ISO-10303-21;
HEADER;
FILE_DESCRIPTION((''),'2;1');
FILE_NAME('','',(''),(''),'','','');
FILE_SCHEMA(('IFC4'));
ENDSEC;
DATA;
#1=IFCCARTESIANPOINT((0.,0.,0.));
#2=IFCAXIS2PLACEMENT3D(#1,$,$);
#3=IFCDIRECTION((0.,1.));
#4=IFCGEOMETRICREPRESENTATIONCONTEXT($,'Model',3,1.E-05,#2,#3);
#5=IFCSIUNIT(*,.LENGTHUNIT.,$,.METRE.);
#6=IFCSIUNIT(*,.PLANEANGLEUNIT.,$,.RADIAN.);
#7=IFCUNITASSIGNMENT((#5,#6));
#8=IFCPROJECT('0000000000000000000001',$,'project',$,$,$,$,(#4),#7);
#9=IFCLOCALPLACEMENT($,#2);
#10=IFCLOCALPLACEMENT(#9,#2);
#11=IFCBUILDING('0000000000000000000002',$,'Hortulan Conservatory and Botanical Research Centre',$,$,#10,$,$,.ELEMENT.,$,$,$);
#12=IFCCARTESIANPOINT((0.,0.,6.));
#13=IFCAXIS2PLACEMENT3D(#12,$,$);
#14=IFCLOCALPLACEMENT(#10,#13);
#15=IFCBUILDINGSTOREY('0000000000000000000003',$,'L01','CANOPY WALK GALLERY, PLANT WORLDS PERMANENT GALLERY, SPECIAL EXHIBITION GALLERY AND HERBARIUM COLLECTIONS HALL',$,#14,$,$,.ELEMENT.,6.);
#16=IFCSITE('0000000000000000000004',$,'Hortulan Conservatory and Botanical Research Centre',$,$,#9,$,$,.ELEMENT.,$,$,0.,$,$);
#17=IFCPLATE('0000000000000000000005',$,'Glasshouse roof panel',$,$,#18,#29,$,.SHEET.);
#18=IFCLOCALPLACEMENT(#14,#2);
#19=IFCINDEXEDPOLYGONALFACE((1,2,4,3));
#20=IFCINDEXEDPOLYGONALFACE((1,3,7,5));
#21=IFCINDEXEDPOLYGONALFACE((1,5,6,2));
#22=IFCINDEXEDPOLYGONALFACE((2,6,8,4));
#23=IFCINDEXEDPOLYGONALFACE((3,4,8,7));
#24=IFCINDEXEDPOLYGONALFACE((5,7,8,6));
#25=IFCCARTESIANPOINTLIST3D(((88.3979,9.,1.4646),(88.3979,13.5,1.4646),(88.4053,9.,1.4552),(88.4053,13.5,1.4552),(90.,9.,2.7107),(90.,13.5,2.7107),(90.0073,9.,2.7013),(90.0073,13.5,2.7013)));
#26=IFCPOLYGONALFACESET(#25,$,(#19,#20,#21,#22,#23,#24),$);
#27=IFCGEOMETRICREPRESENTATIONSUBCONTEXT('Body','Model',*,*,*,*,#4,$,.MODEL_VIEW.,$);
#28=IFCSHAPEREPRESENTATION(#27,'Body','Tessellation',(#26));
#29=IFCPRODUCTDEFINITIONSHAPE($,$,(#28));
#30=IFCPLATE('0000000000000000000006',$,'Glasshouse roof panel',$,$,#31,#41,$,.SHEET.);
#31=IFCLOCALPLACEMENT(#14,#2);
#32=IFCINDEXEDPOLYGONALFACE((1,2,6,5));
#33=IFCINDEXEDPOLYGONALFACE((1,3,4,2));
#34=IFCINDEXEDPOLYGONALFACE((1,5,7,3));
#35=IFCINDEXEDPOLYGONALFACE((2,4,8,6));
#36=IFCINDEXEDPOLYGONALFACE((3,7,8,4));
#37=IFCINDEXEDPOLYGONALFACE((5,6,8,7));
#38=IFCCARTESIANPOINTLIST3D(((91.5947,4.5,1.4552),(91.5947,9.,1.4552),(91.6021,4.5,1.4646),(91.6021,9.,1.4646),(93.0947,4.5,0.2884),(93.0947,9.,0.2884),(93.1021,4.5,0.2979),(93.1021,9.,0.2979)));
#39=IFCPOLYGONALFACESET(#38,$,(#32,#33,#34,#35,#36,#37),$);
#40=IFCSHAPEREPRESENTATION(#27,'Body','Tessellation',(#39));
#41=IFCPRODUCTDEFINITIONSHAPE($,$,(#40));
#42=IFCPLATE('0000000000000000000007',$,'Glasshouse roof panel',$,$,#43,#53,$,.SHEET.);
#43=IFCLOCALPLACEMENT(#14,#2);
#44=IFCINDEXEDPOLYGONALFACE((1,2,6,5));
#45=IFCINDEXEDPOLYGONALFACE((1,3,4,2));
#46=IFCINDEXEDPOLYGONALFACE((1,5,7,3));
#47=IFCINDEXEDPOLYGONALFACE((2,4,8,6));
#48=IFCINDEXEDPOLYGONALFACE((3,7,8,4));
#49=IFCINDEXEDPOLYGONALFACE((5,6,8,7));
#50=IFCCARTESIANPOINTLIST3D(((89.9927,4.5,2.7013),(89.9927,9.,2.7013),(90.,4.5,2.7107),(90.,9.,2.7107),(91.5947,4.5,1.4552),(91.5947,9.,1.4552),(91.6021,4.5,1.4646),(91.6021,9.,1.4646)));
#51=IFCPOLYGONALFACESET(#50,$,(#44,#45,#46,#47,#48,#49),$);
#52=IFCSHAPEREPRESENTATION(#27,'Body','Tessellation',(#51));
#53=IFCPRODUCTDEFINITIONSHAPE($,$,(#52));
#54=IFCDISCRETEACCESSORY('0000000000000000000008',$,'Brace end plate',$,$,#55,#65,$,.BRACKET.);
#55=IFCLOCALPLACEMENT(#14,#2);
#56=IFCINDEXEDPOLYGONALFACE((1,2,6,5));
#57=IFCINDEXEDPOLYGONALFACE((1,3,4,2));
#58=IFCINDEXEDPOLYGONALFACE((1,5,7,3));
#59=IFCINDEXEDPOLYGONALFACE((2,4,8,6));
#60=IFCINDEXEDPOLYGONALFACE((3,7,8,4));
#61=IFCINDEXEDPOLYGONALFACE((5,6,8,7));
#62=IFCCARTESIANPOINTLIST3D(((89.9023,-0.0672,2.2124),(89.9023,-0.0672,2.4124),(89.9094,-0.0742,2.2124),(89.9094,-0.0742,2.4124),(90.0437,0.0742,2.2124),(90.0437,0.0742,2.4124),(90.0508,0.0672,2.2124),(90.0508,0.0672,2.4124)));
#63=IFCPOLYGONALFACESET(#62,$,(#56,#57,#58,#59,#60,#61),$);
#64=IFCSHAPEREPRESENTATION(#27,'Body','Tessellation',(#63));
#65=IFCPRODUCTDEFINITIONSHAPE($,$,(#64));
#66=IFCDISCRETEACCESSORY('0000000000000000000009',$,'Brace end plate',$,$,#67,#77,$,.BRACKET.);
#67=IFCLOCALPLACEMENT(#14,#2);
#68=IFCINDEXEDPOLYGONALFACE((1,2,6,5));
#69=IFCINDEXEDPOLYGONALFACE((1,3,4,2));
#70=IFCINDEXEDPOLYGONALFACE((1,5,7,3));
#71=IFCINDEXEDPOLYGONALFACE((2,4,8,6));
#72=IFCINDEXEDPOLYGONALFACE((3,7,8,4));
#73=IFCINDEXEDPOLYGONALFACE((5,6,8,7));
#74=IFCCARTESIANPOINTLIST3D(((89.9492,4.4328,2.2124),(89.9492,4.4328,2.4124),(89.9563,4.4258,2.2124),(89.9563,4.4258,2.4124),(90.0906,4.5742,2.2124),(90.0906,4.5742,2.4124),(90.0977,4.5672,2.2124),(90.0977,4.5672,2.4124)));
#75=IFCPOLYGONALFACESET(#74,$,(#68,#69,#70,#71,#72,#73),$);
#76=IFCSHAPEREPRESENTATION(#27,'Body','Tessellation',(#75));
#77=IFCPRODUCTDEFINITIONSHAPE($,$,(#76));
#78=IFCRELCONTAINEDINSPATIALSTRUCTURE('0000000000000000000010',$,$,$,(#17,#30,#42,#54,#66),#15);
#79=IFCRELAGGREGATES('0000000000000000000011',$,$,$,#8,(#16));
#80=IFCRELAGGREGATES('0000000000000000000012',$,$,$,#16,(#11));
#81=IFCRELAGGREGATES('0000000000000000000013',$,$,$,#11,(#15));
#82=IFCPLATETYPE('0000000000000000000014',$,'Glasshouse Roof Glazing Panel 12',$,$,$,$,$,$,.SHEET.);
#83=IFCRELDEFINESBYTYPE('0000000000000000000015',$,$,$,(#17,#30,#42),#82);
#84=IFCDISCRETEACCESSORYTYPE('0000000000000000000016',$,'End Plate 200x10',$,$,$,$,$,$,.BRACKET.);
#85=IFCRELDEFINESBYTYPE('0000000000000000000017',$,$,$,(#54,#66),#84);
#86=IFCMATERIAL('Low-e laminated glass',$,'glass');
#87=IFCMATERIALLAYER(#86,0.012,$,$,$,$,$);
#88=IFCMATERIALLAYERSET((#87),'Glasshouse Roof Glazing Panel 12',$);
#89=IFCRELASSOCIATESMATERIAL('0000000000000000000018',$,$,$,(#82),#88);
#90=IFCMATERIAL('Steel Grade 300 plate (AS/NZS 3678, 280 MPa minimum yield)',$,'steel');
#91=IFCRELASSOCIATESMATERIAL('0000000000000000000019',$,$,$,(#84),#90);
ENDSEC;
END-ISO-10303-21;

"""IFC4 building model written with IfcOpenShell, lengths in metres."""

from ifc_helpers import new_model, si_unit, direction, frame, origin, origin_2d, place, context, subcontext, project, spatial, polyline, rectangle, outline, extrude, material, layer, layer_set, type_object, element, save


model = new_model("IFC4")

# Units and contexts
model_context = context("Model", 3, precision=1e-05, world=origin(), true_north=direction((0.0, 1.0)))
body_context = subcontext(model_context, "Body", "Model", "MODEL_VIEW")
ifc_project = project(units=[si_unit("LENGTHUNIT", "METRE"), si_unit("PLANEANGLEUNIT", "RADIAN")], contexts=[model_context])

# Site, building, storey
site_placement = place(None, origin())
site = spatial("IfcSite", under=ifc_project, at=site_placement, Name="Hortulan Conservatory and Botanical Research Centre", CompositionType="ELEMENT", RefElevation=0.0)
building_placement = place(site_placement, origin())
building = spatial("IfcBuilding", under=site, at=building_placement, Name="Hortulan Conservatory and Botanical Research Centre", CompositionType="ELEMENT")
storey_placement = place(building_placement, frame((0.0, 0.0, 6.0)))
storey = spatial("IfcBuildingStorey", under=building, at=storey_placement, Name="L01", Description="CANOPY WALK GALLERY, PLANT WORLDS PERMANENT GALLERY, SPECIAL EXHIBITION GALLERY AND HERBARIUM COLLECTIONS HALL", CompositionType="ELEMENT", Elevation=6.0)

# Plates
ifc_material_1 = material(Name="Low-e laminated glass", Category="glass")
ifc_layer_1 = layer(ifc_material_1, 0.012)
ifc_layer_set_1 = layer_set([ifc_layer_1], Name="Glasshouse Roof Glazing Panel 12")
plate_type_1 = type_object("IfcPlateType", Name="Glasshouse Roof Glazing Panel 12", PredefinedType="SHEET", material=ifc_layer_set_1)
for number, where, z_axis, x_axis, name in (
    (1, (88.3979, 9.0, 1.4646), (-0.613957, 0.0, 0.789339), (0.789339, 0.0, 0.613957), "Glasshouse roof panel"),
):
    element("IfcPlate", number, at=place(storey_placement, frame(where, z_axis=z_axis, x_axis=x_axis)), inside=storey, type_object=plate_type_1, Name=name, PredefinedType="SHEET", context=body_context, shape_type="SweptSolid", body=[
        extrude(outline(polyline([(0.0, 0.0), (2.0296, 0.0), (2.0296, 4.5), (0.0, 4.5), (0.0, 0.0)])), origin(), (0.0, 0.0, -1.0), 0.012),
    ])
plate_1_placement = place(storey_placement, frame((93.1021, 9.0, 0.2979), z_axis=(0.613967, 0.0, 0.789331), x_axis=(-0.789331, 0.0, 0.613967)))
element("IfcPlate", 2, at=plate_1_placement, inside=storey, type_object=plate_type_1, Name="Glasshouse roof panel", PredefinedType="SHEET", context=body_context, shape_type="SweptSolid", body=[
    extrude(outline(polyline([(0.0, 0.0), (1.9003, 0.0), (1.9003, 4.5), (0.0, 4.5), (0.0, 0.0)])), origin(), (0.0, 0.0, -1.0), 0.012),
])
plate_2_placement = place(storey_placement, frame((91.6021, 9.0, 1.4646), z_axis=(0.613957, 0.0, 0.789339), x_axis=(-0.789339, 0.0, 0.613957)))
element("IfcPlate", 3, at=plate_2_placement, inside=storey, type_object=plate_type_1, Name="Glasshouse roof panel", PredefinedType="SHEET", context=body_context, shape_type="SweptSolid", body=[
    extrude(outline(polyline([(0.0, 0.0), (2.0296, 0.0), (2.0296, 4.5), (0.0, 4.5), (0.0, 0.0)])), origin(), (0.0, 0.0, -1.0), 0.012),
])

# Discrete accessories
ifc_material_2 = material(Name="Steel Grade 300 plate (AS/NZS 3678, 280 MPa minimum yield)", Category="steel")
discrete_accessory_type = type_object("IfcDiscreteAccessoryType", Name="End Plate 200x10", PredefinedType="BRACKET", material=ifc_material_2)
for number, where, z_axis, x_axis, name in (
    (4, (89.9766, 0.0, 2.2124), (0.0, 0.0, 1.0), (0.707107, 0.707107, 0.0), "Brace end plate"),
    (5, (90.0234, 4.5, 2.2124), (0.0, 0.0, 1.0), (0.707107, 0.707107, 0.0), "Brace end plate"),
):
    element("IfcDiscreteAccessory", number, at=place(storey_placement, frame(where, z_axis=z_axis, x_axis=x_axis)), inside=storey, type_object=discrete_accessory_type, Name=name, PredefinedType="BRACKET", context=body_context, shape_type="SweptSolid", body=[
        extrude(rectangle(XDim=0.2, YDim=0.01, at=origin_2d()), origin(), (0.0, 0.0, 1.0), 0.2),
    ])

save(model, "model.ifc")
